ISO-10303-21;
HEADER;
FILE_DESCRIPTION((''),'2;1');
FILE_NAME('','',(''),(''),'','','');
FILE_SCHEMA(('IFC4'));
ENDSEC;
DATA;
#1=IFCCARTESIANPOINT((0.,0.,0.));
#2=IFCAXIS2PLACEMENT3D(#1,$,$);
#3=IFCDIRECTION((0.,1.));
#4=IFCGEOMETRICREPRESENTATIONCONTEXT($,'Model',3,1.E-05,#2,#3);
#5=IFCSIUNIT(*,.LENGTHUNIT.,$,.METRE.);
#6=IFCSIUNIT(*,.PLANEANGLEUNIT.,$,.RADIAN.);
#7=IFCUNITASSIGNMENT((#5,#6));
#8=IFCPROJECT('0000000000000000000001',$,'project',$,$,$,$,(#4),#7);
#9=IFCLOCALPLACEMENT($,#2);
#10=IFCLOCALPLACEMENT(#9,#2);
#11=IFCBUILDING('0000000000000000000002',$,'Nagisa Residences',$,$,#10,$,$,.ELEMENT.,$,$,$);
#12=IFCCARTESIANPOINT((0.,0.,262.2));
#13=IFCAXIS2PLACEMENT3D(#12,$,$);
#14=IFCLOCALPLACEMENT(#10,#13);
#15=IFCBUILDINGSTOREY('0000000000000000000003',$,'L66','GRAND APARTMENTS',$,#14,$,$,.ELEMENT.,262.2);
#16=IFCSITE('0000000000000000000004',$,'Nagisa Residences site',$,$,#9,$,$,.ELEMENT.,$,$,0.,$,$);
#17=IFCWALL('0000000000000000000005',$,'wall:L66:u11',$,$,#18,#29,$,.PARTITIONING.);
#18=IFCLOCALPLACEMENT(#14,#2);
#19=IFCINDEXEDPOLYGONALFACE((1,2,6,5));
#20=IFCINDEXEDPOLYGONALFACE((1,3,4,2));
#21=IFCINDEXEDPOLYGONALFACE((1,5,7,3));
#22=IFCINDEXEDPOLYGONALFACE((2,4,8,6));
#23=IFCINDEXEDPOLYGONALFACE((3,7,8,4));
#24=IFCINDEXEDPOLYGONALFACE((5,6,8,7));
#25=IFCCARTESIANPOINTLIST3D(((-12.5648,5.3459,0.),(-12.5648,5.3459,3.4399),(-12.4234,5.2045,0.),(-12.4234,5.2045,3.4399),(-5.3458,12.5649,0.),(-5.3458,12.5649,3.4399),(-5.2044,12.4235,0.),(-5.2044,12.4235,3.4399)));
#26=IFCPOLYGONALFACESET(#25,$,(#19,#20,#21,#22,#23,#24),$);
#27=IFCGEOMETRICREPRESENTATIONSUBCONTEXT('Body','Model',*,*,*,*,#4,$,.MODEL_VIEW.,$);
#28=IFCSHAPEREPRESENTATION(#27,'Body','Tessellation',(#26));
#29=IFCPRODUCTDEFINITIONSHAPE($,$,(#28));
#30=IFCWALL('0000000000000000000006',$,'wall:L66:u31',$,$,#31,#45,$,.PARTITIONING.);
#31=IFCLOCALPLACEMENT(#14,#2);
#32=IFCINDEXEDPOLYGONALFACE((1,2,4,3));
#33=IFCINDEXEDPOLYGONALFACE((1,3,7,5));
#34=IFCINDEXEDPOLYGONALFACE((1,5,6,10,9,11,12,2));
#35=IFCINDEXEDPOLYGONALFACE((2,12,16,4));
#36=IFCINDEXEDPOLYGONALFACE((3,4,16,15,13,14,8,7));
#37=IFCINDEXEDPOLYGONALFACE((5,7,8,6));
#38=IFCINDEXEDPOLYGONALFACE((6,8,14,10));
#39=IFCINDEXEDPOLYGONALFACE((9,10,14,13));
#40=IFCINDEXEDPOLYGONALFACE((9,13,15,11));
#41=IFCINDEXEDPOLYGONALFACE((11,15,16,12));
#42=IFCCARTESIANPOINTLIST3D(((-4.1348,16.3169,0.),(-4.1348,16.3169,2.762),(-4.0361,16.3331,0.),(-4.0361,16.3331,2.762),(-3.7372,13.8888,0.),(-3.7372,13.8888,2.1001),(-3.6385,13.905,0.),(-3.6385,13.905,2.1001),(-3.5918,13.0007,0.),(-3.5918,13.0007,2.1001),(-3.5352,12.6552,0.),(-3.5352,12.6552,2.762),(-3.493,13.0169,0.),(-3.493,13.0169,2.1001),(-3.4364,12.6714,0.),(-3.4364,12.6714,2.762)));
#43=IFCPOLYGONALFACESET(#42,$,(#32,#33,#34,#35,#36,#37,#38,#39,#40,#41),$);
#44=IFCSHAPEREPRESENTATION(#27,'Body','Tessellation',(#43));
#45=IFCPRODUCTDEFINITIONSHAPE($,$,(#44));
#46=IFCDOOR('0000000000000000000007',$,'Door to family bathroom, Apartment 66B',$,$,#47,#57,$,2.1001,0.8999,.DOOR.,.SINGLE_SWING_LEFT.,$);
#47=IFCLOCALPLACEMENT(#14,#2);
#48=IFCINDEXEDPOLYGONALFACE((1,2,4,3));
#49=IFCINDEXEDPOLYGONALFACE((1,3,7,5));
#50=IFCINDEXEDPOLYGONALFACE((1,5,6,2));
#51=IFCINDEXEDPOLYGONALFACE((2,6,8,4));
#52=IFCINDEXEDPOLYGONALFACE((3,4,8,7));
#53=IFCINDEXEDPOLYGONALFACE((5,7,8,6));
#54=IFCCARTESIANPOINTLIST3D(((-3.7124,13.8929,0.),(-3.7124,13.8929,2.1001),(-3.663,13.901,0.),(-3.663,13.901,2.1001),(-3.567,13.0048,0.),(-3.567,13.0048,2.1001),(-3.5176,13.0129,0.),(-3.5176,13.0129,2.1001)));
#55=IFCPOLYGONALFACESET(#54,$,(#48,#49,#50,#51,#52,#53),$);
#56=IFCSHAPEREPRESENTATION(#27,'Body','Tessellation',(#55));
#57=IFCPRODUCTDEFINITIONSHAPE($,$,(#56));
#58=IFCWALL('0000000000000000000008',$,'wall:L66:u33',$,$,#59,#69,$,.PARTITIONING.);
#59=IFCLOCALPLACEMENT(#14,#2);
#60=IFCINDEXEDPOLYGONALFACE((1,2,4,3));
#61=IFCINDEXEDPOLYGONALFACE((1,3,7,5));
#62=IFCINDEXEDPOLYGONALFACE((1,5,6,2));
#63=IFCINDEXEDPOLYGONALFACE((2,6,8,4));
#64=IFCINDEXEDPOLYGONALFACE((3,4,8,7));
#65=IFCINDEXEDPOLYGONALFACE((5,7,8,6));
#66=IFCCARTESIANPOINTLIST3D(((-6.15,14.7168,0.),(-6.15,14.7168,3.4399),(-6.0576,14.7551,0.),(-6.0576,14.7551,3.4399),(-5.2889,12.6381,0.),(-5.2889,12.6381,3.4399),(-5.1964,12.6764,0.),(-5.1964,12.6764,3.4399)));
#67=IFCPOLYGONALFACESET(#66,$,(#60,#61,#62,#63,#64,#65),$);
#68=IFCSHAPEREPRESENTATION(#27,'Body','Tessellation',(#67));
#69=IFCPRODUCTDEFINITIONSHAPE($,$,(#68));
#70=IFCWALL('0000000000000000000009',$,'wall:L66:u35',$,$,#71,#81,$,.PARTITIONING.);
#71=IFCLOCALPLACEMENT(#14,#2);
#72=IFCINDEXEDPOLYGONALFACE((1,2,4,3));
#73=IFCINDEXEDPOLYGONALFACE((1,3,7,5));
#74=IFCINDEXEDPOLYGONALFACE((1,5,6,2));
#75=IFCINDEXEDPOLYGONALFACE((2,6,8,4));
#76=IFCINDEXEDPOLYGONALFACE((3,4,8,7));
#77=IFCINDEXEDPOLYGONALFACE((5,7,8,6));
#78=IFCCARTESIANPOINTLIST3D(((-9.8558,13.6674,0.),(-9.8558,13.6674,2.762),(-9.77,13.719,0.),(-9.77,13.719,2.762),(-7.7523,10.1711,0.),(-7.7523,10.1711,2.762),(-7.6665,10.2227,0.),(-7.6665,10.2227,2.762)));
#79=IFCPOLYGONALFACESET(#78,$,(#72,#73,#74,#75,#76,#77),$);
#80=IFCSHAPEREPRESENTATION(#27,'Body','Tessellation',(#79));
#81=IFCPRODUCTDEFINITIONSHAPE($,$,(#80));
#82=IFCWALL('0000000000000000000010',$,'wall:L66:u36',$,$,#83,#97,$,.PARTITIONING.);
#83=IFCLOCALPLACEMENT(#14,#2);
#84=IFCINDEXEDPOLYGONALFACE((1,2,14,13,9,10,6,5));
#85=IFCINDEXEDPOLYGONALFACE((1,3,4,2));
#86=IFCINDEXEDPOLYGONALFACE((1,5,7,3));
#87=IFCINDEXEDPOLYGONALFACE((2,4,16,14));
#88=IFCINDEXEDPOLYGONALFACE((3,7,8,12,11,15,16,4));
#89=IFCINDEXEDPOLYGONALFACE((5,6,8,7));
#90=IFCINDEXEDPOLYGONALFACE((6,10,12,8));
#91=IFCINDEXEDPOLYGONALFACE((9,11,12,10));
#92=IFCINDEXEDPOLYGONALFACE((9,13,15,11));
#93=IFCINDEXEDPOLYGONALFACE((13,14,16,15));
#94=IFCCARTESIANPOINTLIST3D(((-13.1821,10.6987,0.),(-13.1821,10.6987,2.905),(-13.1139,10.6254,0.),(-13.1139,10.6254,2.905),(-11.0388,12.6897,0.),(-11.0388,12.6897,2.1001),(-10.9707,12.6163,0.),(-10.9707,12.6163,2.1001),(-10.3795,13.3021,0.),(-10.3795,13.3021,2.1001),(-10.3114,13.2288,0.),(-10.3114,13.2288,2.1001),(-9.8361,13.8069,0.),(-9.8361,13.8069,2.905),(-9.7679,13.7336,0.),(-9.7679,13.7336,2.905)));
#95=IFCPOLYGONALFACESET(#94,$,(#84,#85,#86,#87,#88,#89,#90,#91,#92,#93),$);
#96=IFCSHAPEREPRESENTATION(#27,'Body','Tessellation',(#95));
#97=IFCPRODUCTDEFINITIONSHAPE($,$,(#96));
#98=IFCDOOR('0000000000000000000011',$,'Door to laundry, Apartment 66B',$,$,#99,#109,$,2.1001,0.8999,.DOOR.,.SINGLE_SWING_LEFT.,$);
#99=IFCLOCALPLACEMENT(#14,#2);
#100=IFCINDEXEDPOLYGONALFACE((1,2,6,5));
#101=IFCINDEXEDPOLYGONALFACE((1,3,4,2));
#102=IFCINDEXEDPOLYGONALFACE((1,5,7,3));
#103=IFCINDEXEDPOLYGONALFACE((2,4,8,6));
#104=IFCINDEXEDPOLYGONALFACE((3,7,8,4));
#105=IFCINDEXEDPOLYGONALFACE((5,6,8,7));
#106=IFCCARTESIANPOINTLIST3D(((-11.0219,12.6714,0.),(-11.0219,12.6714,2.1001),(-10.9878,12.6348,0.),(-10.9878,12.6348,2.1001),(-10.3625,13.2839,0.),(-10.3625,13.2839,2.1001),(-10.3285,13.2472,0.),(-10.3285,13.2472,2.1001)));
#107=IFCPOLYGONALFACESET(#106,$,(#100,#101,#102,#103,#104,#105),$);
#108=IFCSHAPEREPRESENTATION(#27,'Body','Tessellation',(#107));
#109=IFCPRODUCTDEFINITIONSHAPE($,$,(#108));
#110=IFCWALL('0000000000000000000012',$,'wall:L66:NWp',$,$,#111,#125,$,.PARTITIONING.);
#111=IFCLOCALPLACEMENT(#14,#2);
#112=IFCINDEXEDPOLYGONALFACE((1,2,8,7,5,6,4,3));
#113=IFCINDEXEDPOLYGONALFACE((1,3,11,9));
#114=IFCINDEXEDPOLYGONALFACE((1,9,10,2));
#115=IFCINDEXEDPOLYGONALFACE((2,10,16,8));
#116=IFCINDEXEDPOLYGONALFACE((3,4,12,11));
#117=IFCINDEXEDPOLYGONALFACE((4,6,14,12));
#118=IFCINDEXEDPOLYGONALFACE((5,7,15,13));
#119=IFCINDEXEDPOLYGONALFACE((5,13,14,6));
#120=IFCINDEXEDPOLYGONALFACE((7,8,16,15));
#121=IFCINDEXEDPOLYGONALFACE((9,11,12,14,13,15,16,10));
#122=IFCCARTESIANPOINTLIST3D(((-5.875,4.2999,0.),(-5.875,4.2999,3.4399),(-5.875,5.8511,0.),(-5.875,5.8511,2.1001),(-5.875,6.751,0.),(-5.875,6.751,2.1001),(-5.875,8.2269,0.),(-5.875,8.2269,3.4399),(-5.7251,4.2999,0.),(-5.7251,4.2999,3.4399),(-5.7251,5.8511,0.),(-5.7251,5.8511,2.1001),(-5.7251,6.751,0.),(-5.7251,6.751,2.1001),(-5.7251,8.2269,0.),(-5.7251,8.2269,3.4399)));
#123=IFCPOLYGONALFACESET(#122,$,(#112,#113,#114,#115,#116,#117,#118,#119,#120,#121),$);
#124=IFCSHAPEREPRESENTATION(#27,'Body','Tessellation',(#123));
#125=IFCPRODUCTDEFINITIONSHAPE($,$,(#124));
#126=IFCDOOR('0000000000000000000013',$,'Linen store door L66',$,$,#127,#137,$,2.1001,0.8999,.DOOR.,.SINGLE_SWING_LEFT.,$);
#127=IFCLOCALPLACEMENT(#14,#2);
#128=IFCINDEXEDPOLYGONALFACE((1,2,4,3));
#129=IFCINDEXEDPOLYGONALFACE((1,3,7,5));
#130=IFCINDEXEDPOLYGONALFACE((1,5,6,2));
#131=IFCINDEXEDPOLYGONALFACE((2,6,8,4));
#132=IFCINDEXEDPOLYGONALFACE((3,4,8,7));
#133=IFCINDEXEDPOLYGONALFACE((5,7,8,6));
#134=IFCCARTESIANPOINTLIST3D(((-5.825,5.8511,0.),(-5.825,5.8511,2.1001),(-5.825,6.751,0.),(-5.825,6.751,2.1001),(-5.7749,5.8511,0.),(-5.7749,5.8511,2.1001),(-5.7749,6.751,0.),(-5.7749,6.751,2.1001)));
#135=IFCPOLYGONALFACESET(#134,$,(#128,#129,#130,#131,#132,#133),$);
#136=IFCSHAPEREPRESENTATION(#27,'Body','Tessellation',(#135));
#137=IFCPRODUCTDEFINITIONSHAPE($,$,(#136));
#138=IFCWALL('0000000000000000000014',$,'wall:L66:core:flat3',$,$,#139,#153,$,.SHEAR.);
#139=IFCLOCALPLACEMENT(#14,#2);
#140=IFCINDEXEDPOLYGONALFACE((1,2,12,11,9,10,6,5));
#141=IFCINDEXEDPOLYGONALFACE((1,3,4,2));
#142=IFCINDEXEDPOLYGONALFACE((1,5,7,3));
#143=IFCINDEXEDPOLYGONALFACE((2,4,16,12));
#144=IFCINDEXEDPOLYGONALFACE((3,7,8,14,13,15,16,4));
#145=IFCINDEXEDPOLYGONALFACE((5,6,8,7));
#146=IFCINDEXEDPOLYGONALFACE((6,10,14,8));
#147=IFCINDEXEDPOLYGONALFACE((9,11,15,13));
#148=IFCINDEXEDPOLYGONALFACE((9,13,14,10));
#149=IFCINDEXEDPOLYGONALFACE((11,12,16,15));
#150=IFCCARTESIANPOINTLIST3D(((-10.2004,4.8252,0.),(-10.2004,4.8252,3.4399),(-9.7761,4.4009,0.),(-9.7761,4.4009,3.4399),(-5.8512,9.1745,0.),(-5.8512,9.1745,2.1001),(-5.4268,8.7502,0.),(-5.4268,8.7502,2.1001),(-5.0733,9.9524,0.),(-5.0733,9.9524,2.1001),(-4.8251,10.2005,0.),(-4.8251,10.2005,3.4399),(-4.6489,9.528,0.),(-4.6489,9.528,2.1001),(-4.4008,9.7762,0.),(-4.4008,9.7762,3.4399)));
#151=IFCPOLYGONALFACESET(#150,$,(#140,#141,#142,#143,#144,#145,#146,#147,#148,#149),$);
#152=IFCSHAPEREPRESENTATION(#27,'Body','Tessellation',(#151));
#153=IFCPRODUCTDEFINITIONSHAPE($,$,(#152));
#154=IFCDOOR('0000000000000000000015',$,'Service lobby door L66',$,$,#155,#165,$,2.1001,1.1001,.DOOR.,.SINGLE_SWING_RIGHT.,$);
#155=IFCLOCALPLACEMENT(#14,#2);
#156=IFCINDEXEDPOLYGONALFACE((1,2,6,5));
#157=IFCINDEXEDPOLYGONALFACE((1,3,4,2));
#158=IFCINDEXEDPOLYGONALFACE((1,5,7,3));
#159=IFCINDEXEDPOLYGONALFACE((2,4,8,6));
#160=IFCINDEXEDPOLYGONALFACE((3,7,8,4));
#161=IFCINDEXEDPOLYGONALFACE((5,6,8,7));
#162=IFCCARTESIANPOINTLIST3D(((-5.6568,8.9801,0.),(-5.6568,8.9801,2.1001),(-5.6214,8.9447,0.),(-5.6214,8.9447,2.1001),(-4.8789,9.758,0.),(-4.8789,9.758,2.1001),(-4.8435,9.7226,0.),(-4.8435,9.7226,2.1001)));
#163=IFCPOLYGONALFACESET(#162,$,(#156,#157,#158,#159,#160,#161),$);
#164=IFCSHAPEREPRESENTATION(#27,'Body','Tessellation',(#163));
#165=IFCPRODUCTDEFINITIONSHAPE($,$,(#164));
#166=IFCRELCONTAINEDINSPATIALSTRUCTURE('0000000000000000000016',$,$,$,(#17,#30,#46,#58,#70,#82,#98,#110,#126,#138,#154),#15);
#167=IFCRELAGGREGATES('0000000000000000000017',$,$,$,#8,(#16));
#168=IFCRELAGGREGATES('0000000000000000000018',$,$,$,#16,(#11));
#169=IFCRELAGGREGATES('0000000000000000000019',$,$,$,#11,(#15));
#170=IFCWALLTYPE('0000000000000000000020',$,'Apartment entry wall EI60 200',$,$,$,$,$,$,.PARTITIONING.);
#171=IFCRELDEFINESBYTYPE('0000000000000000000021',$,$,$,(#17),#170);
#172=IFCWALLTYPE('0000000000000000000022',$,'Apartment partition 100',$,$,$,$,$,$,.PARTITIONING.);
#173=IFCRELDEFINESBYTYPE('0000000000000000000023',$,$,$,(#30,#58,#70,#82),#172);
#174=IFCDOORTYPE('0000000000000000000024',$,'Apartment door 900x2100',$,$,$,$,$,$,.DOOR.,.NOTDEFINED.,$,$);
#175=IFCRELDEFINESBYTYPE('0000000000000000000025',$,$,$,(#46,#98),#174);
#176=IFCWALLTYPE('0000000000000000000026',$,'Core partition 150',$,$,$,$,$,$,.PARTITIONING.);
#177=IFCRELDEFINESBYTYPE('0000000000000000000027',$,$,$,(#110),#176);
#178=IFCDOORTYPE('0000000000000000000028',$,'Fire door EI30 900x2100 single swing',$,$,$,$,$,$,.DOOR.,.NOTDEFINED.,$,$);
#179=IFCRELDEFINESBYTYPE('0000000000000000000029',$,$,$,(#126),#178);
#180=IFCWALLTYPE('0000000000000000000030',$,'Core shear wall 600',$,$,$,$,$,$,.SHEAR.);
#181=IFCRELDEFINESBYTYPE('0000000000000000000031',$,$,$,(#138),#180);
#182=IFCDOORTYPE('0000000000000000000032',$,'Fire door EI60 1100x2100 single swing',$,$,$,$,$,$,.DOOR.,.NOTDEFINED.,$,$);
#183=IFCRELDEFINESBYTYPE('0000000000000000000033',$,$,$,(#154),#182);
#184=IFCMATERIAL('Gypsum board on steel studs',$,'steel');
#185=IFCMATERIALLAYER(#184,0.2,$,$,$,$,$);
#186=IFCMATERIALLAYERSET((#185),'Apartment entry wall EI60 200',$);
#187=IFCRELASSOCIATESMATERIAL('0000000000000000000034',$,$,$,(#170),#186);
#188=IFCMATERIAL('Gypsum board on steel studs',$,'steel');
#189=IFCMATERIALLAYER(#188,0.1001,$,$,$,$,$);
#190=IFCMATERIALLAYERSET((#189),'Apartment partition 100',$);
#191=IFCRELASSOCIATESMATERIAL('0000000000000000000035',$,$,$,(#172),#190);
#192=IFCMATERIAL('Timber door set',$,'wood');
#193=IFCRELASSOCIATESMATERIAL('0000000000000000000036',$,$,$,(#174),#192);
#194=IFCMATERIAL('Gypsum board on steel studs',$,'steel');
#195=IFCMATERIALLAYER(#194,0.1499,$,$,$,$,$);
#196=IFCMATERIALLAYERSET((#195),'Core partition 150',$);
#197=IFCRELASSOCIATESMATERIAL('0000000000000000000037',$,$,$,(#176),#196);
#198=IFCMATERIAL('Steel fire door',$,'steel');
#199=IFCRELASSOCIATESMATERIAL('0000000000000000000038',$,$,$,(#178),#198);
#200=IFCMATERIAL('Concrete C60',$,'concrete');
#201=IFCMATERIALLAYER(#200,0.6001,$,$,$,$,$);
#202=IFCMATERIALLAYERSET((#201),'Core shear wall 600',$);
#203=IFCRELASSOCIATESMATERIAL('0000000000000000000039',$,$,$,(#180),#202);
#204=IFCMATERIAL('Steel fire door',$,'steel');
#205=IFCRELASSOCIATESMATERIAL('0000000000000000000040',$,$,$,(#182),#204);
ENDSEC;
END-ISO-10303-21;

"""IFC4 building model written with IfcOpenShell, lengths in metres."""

from ifc_helpers import new_model, si_unit, direction, frame, frame_2d, origin, place, context, subcontext, project, spatial, rectangle, extrude, material, layer, layer_set, type_object, element, fill, save


model = new_model("IFC4")

# Units and contexts
model_context = context("Model", 3, precision=1e-05, world=origin(), true_north=direction((0.0, 1.0)))
body_context = subcontext(model_context, "Body", "Model", "MODEL_VIEW")
ifc_project = project(units=[si_unit("LENGTHUNIT", "METRE"), si_unit("PLANEANGLEUNIT", "RADIAN")], contexts=[model_context])

# Site, building, storey
site_placement = place(None, origin())
site = spatial("IfcSite", under=ifc_project, at=site_placement, Name="Nagisa Residences site", CompositionType="ELEMENT", RefElevation=0.0)
building_placement = place(site_placement, origin())
building = spatial("IfcBuilding", under=site, at=building_placement, Name="Nagisa Residences", CompositionType="ELEMENT")
storey_placement = place(building_placement, frame((0.0, 0.0, 262.2)))
storey = spatial("IfcBuildingStorey", under=building, at=storey_placement, Name="L66", Description="GRAND APARTMENTS", CompositionType="ELEMENT", Elevation=262.2)

# Wall
ifc_material_1 = material(Name="Gypsum board on steel studs", Category="steel")
ifc_layer_1 = layer(ifc_material_1, 0.2)
ifc_layer_set_1 = layer_set([ifc_layer_1], Name="Apartment entry wall EI60 200")
wall_type_1 = type_object("IfcWallType", Name="Apartment entry wall EI60 200", PredefinedType="PARTITIONING", material=ifc_layer_set_1)
wall_1_placement = place(storey_placement, frame((-5.2751, 12.4941, 0.0), z_axis=(0.0, 0.0, 1.0), x_axis=(-0.707107, -0.707107, 0.0)))
element("IfcWall", 1, at=wall_1_placement, inside=storey, type_object=wall_type_1, Name="wall:L66:u11", PredefinedType="PARTITIONING", context=body_context, shape_type="SweptSolid", body=[
    extrude(rectangle(XDim=10.2092, YDim=0.2, at=frame_2d((5.1045, 0.0))), origin(), (0.0, 0.0, 1.0), 3.4399),
])

# Wall, opening, door
ifc_material_2 = material(Name="Gypsum board on steel studs", Category="steel")
ifc_layer_2 = layer(ifc_material_2, 0.1001)
ifc_layer_set_2 = layer_set([ifc_layer_2], Name="Apartment partition 100")
wall_type_2 = type_object("IfcWallType", Name="Apartment partition 100", PredefinedType="PARTITIONING", material=ifc_layer_set_2)
wall_2_placement = place(storey_placement, frame((-3.4858, 12.6633, 0.0), z_axis=(0.0, 0.0, 1.0), x_axis=(-0.161603, 0.986856, 0.0)))
wall_2 = element("IfcWall", 2, at=wall_2_placement, inside=storey, type_object=wall_type_2, Name="wall:L66:u31", PredefinedType="PARTITIONING", context=body_context, shape_type="SweptSolid", body=[
    extrude(rectangle(XDim=3.7104, YDim=0.1001, at=frame_2d((1.8552, 0.0))), origin(), (0.0, 0.0, 1.0), 2.762),
])
opening_1_placement = place(wall_2_placement, frame((0.3501, 0.0, 0.0)))
opening_1 = element("IfcOpeningElement", 3, at=opening_1_placement, cuts=wall_2, PredefinedType="OPENING", context=body_context, shape_type="SweptSolid", body=[
    extrude(rectangle(XDim=0.8999, YDim=2.1001, at=frame_2d((0.45, 1.05))), frame((0.0, 0.0601, 0.0), z_axis=(0.0, -1.0, 0.0), x_axis=(1.0, 0.0, 0.0)), (0.0, 0.0, 1.0), 0.1201),
])
ifc_material_3 = material(Name="Timber door set", Category="wood")
door_type_1 = type_object("IfcDoorType", Name="Apartment door 900x2100", OperationType="NOTDEFINED", PredefinedType="DOOR", material=ifc_material_3)
door_1_placement = place(opening_1_placement, origin())
door_1 = element("IfcDoor", 4, at=door_1_placement, inside=storey, type_object=door_type_1, Name="Door to family bathroom, Apartment 66B", OperationType="SINGLE_SWING_LEFT", OverallHeight=2.1001, OverallWidth=0.8999, PredefinedType="DOOR", context=body_context, shape_type="SweptSolid", body=[
    extrude(rectangle(XDim=0.8999, YDim=2.1001, at=frame_2d((0.45, 1.05))), frame((0.0, 0.0249, 0.0), z_axis=(0.0, -1.0, 0.0), x_axis=(1.0, 0.0, 0.0)), (0.0, 0.0, 1.0), 0.05),
])
fill(opening_1, door_1)

# Walls
wall_3_placement = place(storey_placement, frame((-5.2427, 12.6572, 0.0), z_axis=(0.0, 0.0, 1.0), x_axis=(-0.382719, 0.923865, 0.0)))
element("IfcWall", 5, at=wall_3_placement, inside=storey, type_object=wall_type_2, Name="wall:L66:u33", PredefinedType="PARTITIONING", context=body_context, shape_type="SweptSolid", body=[
    extrude(rectangle(XDim=2.25, YDim=0.1001, at=frame_2d((1.125, 0.0))), origin(), (0.0, 0.0, 1.0), 3.4399),
])
wall_4_placement = place(storey_placement, frame((-7.7095, 10.197, 0.0), z_axis=(0.0, 0.0, 1.0), x_axis=(-0.515525, 0.856875, 0.0)))
element("IfcWall", 6, at=wall_4_placement, inside=storey, type_object=wall_type_2, Name="wall:L66:u35", PredefinedType="PARTITIONING", context=body_context, shape_type="SweptSolid", body=[
    extrude(rectangle(XDim=4.0803, YDim=0.1001, at=frame_2d((2.04, 0.0))), origin(), (0.0, 0.0, 1.0), 2.762),
])

# Walls, openings, doors
wall_5_placement = place(storey_placement, frame((-9.802, 13.7703, 0.0), z_axis=(0.0, 0.0, 1.0), x_axis=(-0.732662, -0.680593, 0.0)))
wall_5 = element("IfcWall", 7, at=wall_5_placement, inside=storey, type_object=wall_type_2, Name="wall:L66:u36", PredefinedType="PARTITIONING", context=body_context, shape_type="SweptSolid", body=[
    extrude(rectangle(XDim=4.5669, YDim=0.1001, at=frame_2d((2.2834, 0.0))), origin(), (0.0, 0.0, 1.0), 2.905),
])
opening_2_placement = place(wall_5_placement, frame((0.7417, 0.0, 0.0)))
opening_2 = element("IfcOpeningElement", 8, at=opening_2_placement, cuts=wall_5, PredefinedType="OPENING", context=body_context, shape_type="SweptSolid", body=[
    extrude(rectangle(XDim=0.8999, YDim=2.1001, at=frame_2d((0.45, 1.05))), frame((0.0, 0.0601, 0.0), z_axis=(0.0, -1.0, 0.0), x_axis=(1.0, 0.0, 0.0)), (0.0, 0.0, 1.0), 0.1201),
])
door_2_placement = place(opening_2_placement, origin())
door_2 = element("IfcDoor", 9, at=door_2_placement, inside=storey, type_object=door_type_1, Name="Door to laundry, Apartment 66B", OperationType="SINGLE_SWING_LEFT", OverallHeight=2.1001, OverallWidth=0.8999, PredefinedType="DOOR", context=body_context, shape_type="SweptSolid", body=[
    extrude(rectangle(XDim=0.8999, YDim=2.1001, at=frame_2d((0.45, 1.05))), frame((0.0, 0.0249, 0.0), z_axis=(0.0, -1.0, 0.0), x_axis=(1.0, 0.0, 0.0)), (0.0, 0.0, 1.0), 0.05),
])
fill(opening_2, door_2)
ifc_material_4 = material(Name="Gypsum board on steel studs", Category="steel")
ifc_layer_3 = layer(ifc_material_4, 0.1499)
ifc_layer_set_3 = layer_set([ifc_layer_3], Name="Core partition 150")
wall_type_3 = type_object("IfcWallType", Name="Core partition 150", PredefinedType="PARTITIONING", material=ifc_layer_set_3)
wall_6_placement = place(storey_placement, frame((-5.8, 4.3, 0.0), z_axis=(0.0, 0.0, 1.0), x_axis=(0.0, 1.0, 0.0)))
wall_6 = element("IfcWall", 10, at=wall_6_placement, inside=storey, type_object=wall_type_3, Name="wall:L66:NWp", PredefinedType="PARTITIONING", context=body_context, shape_type="SweptSolid", body=[
    extrude(rectangle(XDim=3.927, YDim=0.1499, at=frame_2d((1.9634, 0.0))), origin(), (0.0, 0.0, 1.0), 3.4399),
])
opening_3_placement = place(wall_6_placement, frame((1.551, 0.0, 0.0)))
opening_3 = element("IfcOpeningElement", 11, at=opening_3_placement, cuts=wall_6, PredefinedType="OPENING", context=body_context, shape_type="SweptSolid", body=[
    extrude(rectangle(XDim=0.8999, YDim=2.1001, at=frame_2d((0.45, 1.05))), frame((0.0, 0.085, 0.0), z_axis=(0.0, -1.0, 0.0), x_axis=(1.0, 0.0, 0.0)), (0.0, 0.0, 1.0), 0.1699),
])
ifc_material_5 = material(Name="Steel fire door", Category="steel")
door_type_2 = type_object("IfcDoorType", Name="Fire door EI30 900x2100 single swing", OperationType="NOTDEFINED", PredefinedType="DOOR", material=ifc_material_5)
door_3_placement = place(opening_3_placement, origin())
door_3 = element("IfcDoor", 12, at=door_3_placement, inside=storey, type_object=door_type_2, Name="Linen store door L66", OperationType="SINGLE_SWING_LEFT", OverallHeight=2.1001, OverallWidth=0.8999, PredefinedType="DOOR", context=body_context, shape_type="SweptSolid", body=[
    extrude(rectangle(XDim=0.8999, YDim=2.1001, at=frame_2d((0.45, 1.05))), frame((0.0, 0.0249, 0.0), z_axis=(0.0, -1.0, 0.0), x_axis=(1.0, 0.0, 0.0)), (0.0, 0.0, 1.0), 0.05),
])
fill(opening_3, door_3)
ifc_material_6 = material(Name="Concrete C60", Category="concrete")
ifc_layer_4 = layer(ifc_material_6, 0.6001)
ifc_layer_set_4 = layer_set([ifc_layer_4], Name="Core shear wall 600")
wall_type_4 = type_object("IfcWallType", Name="Core shear wall 600", PredefinedType="SHEAR", material=ifc_layer_set_4)
wall_7_placement = place(storey_placement, frame((-4.613, 9.9883, 0.0), z_axis=(0.0, 0.0, 1.0), x_axis=(-0.707107, -0.707107, 0.0)))
wall_7 = element("IfcWall", 13, at=wall_7_placement, inside=storey, type_object=wall_type_4, Name="wall:L66:core:flat3", PredefinedType="SHEAR", context=body_context, shape_type="SweptSolid", body=[
    extrude(rectangle(XDim=7.6018, YDim=0.6001, at=frame_2d((3.8008, 0.0))), origin(), (0.0, 0.0, 1.0), 3.4399),
])
opening_4_placement = place(wall_7_placement, frame((0.3508, 0.0, 0.0)))
opening_4 = element("IfcOpeningElement", 14, at=opening_4_placement, cuts=wall_7, PredefinedType="OPENING", context=body_context, shape_type="SweptSolid", body=[
    extrude(rectangle(XDim=1.1001, YDim=2.1001, at=frame_2d((0.55, 1.05))), frame((0.0, 0.3101, 0.0), z_axis=(0.0, -1.0, 0.0), x_axis=(1.0, 0.0, 0.0)), (0.0, 0.0, 1.0), 0.6201),
])
ifc_material_7 = material(Name="Steel fire door", Category="steel")
door_type_3 = type_object("IfcDoorType", Name="Fire door EI60 1100x2100 single swing", OperationType="NOTDEFINED", PredefinedType="DOOR", material=ifc_material_7)
door_4_placement = place(opening_4_placement, origin())
door_4 = element("IfcDoor", 15, at=door_4_placement, inside=storey, type_object=door_type_3, Name="Service lobby door L66", OperationType="SINGLE_SWING_RIGHT", OverallHeight=2.1001, OverallWidth=1.1001, PredefinedType="DOOR", context=body_context, shape_type="SweptSolid", body=[
    extrude(rectangle(XDim=1.1001, YDim=2.1001, at=frame_2d((0.55, 1.05))), frame((0.0, 0.0249, 0.0), z_axis=(0.0, -1.0, 0.0), x_axis=(1.0, 0.0, 0.0)), (0.0, 0.0, 1.0), 0.05),
])
fill(opening_4, door_4)

save(model, "model.ifc")
